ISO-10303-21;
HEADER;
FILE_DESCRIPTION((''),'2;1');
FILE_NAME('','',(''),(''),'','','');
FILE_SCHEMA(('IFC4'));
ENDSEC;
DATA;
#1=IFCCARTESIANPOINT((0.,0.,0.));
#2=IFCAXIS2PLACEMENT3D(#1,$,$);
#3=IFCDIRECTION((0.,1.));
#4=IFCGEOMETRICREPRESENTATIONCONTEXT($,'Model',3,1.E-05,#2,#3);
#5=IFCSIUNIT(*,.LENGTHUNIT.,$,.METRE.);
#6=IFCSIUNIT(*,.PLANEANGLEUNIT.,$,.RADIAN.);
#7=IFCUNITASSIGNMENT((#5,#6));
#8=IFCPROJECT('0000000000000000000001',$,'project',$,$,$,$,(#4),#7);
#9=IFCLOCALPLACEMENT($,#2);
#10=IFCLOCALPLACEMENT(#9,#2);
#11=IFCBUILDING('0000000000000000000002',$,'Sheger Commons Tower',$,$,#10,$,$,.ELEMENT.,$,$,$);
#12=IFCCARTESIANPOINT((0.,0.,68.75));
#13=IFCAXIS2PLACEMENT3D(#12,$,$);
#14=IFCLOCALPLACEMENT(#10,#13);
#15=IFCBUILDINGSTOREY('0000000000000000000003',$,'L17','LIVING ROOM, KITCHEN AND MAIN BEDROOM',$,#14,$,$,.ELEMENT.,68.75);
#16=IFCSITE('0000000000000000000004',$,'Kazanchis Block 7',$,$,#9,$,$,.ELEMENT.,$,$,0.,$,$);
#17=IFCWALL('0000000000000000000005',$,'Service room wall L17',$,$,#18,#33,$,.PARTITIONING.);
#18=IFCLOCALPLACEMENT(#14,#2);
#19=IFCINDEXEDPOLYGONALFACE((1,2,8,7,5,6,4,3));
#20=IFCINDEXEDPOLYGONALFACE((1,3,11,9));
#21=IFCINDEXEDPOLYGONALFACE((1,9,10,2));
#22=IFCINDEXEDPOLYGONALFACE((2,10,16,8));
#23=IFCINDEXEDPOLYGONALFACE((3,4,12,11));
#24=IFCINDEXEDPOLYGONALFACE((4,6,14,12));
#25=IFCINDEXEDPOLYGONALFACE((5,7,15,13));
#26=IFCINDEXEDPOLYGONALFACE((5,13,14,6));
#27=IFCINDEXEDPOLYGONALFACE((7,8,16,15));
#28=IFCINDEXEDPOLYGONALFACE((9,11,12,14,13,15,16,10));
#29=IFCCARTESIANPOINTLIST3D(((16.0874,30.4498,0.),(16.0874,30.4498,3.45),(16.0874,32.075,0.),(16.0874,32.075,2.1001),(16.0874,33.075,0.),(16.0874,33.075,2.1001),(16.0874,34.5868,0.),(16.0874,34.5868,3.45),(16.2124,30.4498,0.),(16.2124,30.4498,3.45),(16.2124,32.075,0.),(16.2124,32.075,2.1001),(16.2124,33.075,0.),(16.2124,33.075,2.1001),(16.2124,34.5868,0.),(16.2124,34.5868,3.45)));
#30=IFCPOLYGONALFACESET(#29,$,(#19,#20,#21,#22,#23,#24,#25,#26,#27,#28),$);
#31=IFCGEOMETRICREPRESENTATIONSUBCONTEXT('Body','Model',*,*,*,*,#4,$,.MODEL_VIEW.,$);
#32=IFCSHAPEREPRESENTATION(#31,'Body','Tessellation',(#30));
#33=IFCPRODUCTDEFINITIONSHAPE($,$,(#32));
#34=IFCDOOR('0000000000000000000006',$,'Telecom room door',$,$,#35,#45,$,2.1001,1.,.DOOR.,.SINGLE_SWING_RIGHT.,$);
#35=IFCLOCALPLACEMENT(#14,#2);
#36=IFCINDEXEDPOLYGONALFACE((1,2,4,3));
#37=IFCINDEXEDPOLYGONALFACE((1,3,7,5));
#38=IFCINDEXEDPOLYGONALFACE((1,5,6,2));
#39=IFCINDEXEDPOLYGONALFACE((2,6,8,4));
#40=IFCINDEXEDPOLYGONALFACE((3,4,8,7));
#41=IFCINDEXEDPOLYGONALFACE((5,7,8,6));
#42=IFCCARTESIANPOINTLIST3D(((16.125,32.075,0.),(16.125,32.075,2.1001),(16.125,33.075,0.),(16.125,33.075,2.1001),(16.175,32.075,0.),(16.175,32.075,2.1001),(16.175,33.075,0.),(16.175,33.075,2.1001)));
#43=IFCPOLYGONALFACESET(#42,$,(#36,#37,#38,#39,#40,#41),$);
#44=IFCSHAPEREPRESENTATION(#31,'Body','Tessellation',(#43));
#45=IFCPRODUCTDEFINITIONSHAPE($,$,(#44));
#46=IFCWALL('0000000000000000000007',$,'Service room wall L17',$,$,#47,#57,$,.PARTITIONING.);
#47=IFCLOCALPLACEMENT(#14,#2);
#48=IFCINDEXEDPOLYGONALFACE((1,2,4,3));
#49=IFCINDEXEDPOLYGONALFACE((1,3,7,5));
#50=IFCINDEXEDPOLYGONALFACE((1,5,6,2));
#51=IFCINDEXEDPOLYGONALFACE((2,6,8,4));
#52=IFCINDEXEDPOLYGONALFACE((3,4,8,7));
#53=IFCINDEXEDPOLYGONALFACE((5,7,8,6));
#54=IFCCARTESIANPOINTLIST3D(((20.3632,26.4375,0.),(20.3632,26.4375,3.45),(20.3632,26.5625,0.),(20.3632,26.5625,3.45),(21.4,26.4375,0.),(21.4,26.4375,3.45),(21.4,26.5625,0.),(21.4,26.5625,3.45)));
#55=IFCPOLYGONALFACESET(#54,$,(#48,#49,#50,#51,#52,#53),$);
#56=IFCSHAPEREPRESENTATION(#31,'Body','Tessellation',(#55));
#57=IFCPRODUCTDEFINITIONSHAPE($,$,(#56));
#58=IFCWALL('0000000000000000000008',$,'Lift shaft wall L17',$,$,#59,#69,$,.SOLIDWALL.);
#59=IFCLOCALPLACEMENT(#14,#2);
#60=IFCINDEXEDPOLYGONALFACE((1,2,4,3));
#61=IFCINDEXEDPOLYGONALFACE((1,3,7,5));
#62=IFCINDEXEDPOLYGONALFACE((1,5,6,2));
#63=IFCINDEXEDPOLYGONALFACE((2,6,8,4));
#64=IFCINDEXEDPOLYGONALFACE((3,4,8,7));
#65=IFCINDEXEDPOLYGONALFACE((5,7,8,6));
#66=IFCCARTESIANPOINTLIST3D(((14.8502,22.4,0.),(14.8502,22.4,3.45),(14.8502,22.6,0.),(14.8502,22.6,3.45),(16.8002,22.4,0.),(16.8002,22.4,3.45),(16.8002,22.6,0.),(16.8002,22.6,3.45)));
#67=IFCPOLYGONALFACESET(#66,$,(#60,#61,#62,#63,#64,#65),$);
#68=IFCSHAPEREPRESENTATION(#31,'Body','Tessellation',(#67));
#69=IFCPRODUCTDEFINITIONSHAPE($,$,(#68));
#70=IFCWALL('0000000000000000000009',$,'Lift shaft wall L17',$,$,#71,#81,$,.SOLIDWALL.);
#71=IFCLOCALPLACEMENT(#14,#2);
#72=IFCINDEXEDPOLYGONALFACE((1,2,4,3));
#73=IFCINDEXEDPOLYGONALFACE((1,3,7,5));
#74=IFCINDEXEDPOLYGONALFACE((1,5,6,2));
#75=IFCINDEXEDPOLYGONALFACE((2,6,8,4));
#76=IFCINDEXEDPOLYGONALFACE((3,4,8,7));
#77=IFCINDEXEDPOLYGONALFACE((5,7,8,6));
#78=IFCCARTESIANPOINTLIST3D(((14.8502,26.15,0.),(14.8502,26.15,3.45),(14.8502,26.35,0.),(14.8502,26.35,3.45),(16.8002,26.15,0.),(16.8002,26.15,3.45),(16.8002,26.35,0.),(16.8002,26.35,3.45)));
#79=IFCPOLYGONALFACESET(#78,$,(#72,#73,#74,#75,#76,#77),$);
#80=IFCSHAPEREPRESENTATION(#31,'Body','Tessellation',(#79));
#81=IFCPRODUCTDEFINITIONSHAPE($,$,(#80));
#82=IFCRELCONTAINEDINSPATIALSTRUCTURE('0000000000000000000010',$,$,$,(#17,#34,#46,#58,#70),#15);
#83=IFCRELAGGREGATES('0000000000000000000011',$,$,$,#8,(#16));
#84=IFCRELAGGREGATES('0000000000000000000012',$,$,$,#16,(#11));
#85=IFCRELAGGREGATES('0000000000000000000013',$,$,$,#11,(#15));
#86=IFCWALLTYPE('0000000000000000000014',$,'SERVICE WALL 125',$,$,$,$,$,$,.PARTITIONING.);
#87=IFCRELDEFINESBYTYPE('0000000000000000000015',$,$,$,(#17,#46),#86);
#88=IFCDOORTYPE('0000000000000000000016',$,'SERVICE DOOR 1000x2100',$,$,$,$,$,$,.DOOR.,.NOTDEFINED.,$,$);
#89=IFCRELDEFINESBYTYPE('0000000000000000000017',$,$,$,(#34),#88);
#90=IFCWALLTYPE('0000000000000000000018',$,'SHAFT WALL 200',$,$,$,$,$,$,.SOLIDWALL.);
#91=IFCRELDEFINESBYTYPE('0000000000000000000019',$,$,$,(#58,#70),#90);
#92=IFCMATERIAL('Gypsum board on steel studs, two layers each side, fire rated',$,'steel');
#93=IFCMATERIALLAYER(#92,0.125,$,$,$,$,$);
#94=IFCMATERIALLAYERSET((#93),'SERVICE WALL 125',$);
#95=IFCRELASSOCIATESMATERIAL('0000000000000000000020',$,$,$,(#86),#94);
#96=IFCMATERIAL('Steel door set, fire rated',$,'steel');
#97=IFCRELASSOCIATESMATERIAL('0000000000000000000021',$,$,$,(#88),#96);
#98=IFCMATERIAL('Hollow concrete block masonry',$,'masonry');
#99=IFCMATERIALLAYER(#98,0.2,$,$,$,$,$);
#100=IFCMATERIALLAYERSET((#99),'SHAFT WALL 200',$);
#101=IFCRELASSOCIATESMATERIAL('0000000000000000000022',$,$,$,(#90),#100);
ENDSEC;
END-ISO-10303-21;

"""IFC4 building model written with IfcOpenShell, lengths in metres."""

from ifc_helpers import new_model, si_unit, direction, frame, frame_2d, origin, place, context, subcontext, project, spatial, rectangle, extrude, material, layer, layer_set, type_object, element, fill, save


model = new_model("IFC4")

# Units and contexts
model_context = context("Model", 3, precision=1e-05, world=origin(), true_north=direction((0.0, 1.0)))
body_context = subcontext(model_context, "Body", "Model", "MODEL_VIEW")
ifc_project = project(units=[si_unit("LENGTHUNIT", "METRE"), si_unit("PLANEANGLEUNIT", "RADIAN")], contexts=[model_context])

# Site, building, storey
site_placement = place(None, origin())
site = spatial("IfcSite", under=ifc_project, at=site_placement, Name="Kazanchis Block 7", CompositionType="ELEMENT", RefElevation=0.0)
building_placement = place(site_placement, origin())
building = spatial("IfcBuilding", under=site, at=building_placement, Name="Sheger Commons Tower", CompositionType="ELEMENT")
storey_placement = place(building_placement, frame((0.0, 0.0, 68.75)))
storey = spatial("IfcBuildingStorey", under=building, at=storey_placement, Name="L17", Description="LIVING ROOM, KITCHEN AND MAIN BEDROOM", CompositionType="ELEMENT", Elevation=68.75)

# Shared definitions
ifc_material_1 = material(Name="Gypsum board on steel studs, two layers each side, fire rated", Category="steel")
ifc_layer_1 = layer(ifc_material_1, 0.125)
ifc_layer_set_1 = layer_set([ifc_layer_1], Name="SERVICE WALL 125")
wall_type_1 = type_object("IfcWallType", Name="SERVICE WALL 125", PredefinedType="PARTITIONING", material=ifc_layer_set_1)

# Wall, opening, door
wall_1_placement = place(storey_placement, frame((16.1499, 30.45, 0.0), z_axis=(0.0, 0.0, 1.0), x_axis=(0.0, 1.0, 0.0)))
wall_1 = element("IfcWall", 1, at=wall_1_placement, inside=storey, type_object=wall_type_1, Name="Service room wall L17", PredefinedType="PARTITIONING", context=body_context, shape_type="SweptSolid", body=[
    extrude(rectangle(XDim=4.137, YDim=0.125, at=frame_2d((2.0684, 0.0))), origin(), (0.0, 0.0, 1.0), 3.45),
])
opening_1_placement = place(wall_1_placement, frame((1.625, 0.0, 0.0)))
opening_1 = element("IfcOpeningElement", 2, at=opening_1_placement, cuts=wall_1, PredefinedType="OPENING", context=body_context, shape_type="SweptSolid", body=[
    extrude(rectangle(XDim=1.0, YDim=2.1001, at=frame_2d((0.5, 1.05))), frame((0.0, 0.0725, 0.0), z_axis=(0.0, -1.0, 0.0), x_axis=(1.0, 0.0, 0.0)), (0.0, 0.0, 1.0), 0.145),
])
ifc_material_2 = material(Name="Steel door set, fire rated", Category="steel")
door_type_1 = type_object("IfcDoorType", Name="SERVICE DOOR 1000x2100", OperationType="NOTDEFINED", PredefinedType="DOOR", material=ifc_material_2)
door_1_placement = place(opening_1_placement, origin())
door_1 = element("IfcDoor", 3, at=door_1_placement, inside=storey, type_object=door_type_1, Name="Telecom room door", OperationType="SINGLE_SWING_RIGHT", OverallHeight=2.1001, OverallWidth=1.0, PredefinedType="DOOR", context=body_context, shape_type="SweptSolid", body=[
    extrude(rectangle(XDim=1.0, YDim=2.1001, at=frame_2d((0.5, 1.05))), frame((0.0, 0.0249, 0.0), z_axis=(0.0, -1.0, 0.0), x_axis=(1.0, 0.0, 0.0)), (0.0, 0.0, 1.0), 0.05),
])
fill(opening_1, door_1)

# Walls
wall_2_placement = place(storey_placement, frame((20.363, 26.5, 0.0), z_axis=(0.0, 0.0, 1.0), x_axis=(1.0, 0.0, 0.0)))
element("IfcWall", 4, at=wall_2_placement, inside=storey, type_object=wall_type_1, Name="Service room wall L17", PredefinedType="PARTITIONING", context=body_context, shape_type="SweptSolid", body=[
    extrude(rectangle(XDim=1.0369, YDim=0.125, at=frame_2d((0.5186, 0.0))), origin(), (0.0, 0.0, 1.0), 3.45),
])
ifc_material_3 = material(Name="Hollow concrete block masonry", Category="masonry")
ifc_layer_2 = layer(ifc_material_3, 0.2)
ifc_layer_set_2 = layer_set([ifc_layer_2], Name="SHAFT WALL 200")
wall_type_2 = type_object("IfcWallType", Name="SHAFT WALL 200", PredefinedType="SOLIDWALL", material=ifc_layer_set_2)
for number, where, z_axis, x_axis, name in (
    (5, (14.8501, 22.5, 0.0), (0.0, 0.0, 1.0), (1.0, 0.0, 0.0), "Lift shaft wall L17"),
    (6, (14.8501, 26.25, 0.0), (0.0, 0.0, 1.0), (1.0, 0.0, 0.0), "Lift shaft wall L17"),
):
    element("IfcWall", number, at=place(storey_placement, frame(where, z_axis=z_axis, x_axis=x_axis)), inside=storey, type_object=wall_type_2, Name=name, PredefinedType="SOLIDWALL", context=body_context, shape_type="SweptSolid", body=[
        extrude(rectangle(XDim=1.95, YDim=0.2, at=frame_2d((0.9751, 0.0))), origin(), (0.0, 0.0, 1.0), 3.45),
    ])

save(model, "model.ifc")
